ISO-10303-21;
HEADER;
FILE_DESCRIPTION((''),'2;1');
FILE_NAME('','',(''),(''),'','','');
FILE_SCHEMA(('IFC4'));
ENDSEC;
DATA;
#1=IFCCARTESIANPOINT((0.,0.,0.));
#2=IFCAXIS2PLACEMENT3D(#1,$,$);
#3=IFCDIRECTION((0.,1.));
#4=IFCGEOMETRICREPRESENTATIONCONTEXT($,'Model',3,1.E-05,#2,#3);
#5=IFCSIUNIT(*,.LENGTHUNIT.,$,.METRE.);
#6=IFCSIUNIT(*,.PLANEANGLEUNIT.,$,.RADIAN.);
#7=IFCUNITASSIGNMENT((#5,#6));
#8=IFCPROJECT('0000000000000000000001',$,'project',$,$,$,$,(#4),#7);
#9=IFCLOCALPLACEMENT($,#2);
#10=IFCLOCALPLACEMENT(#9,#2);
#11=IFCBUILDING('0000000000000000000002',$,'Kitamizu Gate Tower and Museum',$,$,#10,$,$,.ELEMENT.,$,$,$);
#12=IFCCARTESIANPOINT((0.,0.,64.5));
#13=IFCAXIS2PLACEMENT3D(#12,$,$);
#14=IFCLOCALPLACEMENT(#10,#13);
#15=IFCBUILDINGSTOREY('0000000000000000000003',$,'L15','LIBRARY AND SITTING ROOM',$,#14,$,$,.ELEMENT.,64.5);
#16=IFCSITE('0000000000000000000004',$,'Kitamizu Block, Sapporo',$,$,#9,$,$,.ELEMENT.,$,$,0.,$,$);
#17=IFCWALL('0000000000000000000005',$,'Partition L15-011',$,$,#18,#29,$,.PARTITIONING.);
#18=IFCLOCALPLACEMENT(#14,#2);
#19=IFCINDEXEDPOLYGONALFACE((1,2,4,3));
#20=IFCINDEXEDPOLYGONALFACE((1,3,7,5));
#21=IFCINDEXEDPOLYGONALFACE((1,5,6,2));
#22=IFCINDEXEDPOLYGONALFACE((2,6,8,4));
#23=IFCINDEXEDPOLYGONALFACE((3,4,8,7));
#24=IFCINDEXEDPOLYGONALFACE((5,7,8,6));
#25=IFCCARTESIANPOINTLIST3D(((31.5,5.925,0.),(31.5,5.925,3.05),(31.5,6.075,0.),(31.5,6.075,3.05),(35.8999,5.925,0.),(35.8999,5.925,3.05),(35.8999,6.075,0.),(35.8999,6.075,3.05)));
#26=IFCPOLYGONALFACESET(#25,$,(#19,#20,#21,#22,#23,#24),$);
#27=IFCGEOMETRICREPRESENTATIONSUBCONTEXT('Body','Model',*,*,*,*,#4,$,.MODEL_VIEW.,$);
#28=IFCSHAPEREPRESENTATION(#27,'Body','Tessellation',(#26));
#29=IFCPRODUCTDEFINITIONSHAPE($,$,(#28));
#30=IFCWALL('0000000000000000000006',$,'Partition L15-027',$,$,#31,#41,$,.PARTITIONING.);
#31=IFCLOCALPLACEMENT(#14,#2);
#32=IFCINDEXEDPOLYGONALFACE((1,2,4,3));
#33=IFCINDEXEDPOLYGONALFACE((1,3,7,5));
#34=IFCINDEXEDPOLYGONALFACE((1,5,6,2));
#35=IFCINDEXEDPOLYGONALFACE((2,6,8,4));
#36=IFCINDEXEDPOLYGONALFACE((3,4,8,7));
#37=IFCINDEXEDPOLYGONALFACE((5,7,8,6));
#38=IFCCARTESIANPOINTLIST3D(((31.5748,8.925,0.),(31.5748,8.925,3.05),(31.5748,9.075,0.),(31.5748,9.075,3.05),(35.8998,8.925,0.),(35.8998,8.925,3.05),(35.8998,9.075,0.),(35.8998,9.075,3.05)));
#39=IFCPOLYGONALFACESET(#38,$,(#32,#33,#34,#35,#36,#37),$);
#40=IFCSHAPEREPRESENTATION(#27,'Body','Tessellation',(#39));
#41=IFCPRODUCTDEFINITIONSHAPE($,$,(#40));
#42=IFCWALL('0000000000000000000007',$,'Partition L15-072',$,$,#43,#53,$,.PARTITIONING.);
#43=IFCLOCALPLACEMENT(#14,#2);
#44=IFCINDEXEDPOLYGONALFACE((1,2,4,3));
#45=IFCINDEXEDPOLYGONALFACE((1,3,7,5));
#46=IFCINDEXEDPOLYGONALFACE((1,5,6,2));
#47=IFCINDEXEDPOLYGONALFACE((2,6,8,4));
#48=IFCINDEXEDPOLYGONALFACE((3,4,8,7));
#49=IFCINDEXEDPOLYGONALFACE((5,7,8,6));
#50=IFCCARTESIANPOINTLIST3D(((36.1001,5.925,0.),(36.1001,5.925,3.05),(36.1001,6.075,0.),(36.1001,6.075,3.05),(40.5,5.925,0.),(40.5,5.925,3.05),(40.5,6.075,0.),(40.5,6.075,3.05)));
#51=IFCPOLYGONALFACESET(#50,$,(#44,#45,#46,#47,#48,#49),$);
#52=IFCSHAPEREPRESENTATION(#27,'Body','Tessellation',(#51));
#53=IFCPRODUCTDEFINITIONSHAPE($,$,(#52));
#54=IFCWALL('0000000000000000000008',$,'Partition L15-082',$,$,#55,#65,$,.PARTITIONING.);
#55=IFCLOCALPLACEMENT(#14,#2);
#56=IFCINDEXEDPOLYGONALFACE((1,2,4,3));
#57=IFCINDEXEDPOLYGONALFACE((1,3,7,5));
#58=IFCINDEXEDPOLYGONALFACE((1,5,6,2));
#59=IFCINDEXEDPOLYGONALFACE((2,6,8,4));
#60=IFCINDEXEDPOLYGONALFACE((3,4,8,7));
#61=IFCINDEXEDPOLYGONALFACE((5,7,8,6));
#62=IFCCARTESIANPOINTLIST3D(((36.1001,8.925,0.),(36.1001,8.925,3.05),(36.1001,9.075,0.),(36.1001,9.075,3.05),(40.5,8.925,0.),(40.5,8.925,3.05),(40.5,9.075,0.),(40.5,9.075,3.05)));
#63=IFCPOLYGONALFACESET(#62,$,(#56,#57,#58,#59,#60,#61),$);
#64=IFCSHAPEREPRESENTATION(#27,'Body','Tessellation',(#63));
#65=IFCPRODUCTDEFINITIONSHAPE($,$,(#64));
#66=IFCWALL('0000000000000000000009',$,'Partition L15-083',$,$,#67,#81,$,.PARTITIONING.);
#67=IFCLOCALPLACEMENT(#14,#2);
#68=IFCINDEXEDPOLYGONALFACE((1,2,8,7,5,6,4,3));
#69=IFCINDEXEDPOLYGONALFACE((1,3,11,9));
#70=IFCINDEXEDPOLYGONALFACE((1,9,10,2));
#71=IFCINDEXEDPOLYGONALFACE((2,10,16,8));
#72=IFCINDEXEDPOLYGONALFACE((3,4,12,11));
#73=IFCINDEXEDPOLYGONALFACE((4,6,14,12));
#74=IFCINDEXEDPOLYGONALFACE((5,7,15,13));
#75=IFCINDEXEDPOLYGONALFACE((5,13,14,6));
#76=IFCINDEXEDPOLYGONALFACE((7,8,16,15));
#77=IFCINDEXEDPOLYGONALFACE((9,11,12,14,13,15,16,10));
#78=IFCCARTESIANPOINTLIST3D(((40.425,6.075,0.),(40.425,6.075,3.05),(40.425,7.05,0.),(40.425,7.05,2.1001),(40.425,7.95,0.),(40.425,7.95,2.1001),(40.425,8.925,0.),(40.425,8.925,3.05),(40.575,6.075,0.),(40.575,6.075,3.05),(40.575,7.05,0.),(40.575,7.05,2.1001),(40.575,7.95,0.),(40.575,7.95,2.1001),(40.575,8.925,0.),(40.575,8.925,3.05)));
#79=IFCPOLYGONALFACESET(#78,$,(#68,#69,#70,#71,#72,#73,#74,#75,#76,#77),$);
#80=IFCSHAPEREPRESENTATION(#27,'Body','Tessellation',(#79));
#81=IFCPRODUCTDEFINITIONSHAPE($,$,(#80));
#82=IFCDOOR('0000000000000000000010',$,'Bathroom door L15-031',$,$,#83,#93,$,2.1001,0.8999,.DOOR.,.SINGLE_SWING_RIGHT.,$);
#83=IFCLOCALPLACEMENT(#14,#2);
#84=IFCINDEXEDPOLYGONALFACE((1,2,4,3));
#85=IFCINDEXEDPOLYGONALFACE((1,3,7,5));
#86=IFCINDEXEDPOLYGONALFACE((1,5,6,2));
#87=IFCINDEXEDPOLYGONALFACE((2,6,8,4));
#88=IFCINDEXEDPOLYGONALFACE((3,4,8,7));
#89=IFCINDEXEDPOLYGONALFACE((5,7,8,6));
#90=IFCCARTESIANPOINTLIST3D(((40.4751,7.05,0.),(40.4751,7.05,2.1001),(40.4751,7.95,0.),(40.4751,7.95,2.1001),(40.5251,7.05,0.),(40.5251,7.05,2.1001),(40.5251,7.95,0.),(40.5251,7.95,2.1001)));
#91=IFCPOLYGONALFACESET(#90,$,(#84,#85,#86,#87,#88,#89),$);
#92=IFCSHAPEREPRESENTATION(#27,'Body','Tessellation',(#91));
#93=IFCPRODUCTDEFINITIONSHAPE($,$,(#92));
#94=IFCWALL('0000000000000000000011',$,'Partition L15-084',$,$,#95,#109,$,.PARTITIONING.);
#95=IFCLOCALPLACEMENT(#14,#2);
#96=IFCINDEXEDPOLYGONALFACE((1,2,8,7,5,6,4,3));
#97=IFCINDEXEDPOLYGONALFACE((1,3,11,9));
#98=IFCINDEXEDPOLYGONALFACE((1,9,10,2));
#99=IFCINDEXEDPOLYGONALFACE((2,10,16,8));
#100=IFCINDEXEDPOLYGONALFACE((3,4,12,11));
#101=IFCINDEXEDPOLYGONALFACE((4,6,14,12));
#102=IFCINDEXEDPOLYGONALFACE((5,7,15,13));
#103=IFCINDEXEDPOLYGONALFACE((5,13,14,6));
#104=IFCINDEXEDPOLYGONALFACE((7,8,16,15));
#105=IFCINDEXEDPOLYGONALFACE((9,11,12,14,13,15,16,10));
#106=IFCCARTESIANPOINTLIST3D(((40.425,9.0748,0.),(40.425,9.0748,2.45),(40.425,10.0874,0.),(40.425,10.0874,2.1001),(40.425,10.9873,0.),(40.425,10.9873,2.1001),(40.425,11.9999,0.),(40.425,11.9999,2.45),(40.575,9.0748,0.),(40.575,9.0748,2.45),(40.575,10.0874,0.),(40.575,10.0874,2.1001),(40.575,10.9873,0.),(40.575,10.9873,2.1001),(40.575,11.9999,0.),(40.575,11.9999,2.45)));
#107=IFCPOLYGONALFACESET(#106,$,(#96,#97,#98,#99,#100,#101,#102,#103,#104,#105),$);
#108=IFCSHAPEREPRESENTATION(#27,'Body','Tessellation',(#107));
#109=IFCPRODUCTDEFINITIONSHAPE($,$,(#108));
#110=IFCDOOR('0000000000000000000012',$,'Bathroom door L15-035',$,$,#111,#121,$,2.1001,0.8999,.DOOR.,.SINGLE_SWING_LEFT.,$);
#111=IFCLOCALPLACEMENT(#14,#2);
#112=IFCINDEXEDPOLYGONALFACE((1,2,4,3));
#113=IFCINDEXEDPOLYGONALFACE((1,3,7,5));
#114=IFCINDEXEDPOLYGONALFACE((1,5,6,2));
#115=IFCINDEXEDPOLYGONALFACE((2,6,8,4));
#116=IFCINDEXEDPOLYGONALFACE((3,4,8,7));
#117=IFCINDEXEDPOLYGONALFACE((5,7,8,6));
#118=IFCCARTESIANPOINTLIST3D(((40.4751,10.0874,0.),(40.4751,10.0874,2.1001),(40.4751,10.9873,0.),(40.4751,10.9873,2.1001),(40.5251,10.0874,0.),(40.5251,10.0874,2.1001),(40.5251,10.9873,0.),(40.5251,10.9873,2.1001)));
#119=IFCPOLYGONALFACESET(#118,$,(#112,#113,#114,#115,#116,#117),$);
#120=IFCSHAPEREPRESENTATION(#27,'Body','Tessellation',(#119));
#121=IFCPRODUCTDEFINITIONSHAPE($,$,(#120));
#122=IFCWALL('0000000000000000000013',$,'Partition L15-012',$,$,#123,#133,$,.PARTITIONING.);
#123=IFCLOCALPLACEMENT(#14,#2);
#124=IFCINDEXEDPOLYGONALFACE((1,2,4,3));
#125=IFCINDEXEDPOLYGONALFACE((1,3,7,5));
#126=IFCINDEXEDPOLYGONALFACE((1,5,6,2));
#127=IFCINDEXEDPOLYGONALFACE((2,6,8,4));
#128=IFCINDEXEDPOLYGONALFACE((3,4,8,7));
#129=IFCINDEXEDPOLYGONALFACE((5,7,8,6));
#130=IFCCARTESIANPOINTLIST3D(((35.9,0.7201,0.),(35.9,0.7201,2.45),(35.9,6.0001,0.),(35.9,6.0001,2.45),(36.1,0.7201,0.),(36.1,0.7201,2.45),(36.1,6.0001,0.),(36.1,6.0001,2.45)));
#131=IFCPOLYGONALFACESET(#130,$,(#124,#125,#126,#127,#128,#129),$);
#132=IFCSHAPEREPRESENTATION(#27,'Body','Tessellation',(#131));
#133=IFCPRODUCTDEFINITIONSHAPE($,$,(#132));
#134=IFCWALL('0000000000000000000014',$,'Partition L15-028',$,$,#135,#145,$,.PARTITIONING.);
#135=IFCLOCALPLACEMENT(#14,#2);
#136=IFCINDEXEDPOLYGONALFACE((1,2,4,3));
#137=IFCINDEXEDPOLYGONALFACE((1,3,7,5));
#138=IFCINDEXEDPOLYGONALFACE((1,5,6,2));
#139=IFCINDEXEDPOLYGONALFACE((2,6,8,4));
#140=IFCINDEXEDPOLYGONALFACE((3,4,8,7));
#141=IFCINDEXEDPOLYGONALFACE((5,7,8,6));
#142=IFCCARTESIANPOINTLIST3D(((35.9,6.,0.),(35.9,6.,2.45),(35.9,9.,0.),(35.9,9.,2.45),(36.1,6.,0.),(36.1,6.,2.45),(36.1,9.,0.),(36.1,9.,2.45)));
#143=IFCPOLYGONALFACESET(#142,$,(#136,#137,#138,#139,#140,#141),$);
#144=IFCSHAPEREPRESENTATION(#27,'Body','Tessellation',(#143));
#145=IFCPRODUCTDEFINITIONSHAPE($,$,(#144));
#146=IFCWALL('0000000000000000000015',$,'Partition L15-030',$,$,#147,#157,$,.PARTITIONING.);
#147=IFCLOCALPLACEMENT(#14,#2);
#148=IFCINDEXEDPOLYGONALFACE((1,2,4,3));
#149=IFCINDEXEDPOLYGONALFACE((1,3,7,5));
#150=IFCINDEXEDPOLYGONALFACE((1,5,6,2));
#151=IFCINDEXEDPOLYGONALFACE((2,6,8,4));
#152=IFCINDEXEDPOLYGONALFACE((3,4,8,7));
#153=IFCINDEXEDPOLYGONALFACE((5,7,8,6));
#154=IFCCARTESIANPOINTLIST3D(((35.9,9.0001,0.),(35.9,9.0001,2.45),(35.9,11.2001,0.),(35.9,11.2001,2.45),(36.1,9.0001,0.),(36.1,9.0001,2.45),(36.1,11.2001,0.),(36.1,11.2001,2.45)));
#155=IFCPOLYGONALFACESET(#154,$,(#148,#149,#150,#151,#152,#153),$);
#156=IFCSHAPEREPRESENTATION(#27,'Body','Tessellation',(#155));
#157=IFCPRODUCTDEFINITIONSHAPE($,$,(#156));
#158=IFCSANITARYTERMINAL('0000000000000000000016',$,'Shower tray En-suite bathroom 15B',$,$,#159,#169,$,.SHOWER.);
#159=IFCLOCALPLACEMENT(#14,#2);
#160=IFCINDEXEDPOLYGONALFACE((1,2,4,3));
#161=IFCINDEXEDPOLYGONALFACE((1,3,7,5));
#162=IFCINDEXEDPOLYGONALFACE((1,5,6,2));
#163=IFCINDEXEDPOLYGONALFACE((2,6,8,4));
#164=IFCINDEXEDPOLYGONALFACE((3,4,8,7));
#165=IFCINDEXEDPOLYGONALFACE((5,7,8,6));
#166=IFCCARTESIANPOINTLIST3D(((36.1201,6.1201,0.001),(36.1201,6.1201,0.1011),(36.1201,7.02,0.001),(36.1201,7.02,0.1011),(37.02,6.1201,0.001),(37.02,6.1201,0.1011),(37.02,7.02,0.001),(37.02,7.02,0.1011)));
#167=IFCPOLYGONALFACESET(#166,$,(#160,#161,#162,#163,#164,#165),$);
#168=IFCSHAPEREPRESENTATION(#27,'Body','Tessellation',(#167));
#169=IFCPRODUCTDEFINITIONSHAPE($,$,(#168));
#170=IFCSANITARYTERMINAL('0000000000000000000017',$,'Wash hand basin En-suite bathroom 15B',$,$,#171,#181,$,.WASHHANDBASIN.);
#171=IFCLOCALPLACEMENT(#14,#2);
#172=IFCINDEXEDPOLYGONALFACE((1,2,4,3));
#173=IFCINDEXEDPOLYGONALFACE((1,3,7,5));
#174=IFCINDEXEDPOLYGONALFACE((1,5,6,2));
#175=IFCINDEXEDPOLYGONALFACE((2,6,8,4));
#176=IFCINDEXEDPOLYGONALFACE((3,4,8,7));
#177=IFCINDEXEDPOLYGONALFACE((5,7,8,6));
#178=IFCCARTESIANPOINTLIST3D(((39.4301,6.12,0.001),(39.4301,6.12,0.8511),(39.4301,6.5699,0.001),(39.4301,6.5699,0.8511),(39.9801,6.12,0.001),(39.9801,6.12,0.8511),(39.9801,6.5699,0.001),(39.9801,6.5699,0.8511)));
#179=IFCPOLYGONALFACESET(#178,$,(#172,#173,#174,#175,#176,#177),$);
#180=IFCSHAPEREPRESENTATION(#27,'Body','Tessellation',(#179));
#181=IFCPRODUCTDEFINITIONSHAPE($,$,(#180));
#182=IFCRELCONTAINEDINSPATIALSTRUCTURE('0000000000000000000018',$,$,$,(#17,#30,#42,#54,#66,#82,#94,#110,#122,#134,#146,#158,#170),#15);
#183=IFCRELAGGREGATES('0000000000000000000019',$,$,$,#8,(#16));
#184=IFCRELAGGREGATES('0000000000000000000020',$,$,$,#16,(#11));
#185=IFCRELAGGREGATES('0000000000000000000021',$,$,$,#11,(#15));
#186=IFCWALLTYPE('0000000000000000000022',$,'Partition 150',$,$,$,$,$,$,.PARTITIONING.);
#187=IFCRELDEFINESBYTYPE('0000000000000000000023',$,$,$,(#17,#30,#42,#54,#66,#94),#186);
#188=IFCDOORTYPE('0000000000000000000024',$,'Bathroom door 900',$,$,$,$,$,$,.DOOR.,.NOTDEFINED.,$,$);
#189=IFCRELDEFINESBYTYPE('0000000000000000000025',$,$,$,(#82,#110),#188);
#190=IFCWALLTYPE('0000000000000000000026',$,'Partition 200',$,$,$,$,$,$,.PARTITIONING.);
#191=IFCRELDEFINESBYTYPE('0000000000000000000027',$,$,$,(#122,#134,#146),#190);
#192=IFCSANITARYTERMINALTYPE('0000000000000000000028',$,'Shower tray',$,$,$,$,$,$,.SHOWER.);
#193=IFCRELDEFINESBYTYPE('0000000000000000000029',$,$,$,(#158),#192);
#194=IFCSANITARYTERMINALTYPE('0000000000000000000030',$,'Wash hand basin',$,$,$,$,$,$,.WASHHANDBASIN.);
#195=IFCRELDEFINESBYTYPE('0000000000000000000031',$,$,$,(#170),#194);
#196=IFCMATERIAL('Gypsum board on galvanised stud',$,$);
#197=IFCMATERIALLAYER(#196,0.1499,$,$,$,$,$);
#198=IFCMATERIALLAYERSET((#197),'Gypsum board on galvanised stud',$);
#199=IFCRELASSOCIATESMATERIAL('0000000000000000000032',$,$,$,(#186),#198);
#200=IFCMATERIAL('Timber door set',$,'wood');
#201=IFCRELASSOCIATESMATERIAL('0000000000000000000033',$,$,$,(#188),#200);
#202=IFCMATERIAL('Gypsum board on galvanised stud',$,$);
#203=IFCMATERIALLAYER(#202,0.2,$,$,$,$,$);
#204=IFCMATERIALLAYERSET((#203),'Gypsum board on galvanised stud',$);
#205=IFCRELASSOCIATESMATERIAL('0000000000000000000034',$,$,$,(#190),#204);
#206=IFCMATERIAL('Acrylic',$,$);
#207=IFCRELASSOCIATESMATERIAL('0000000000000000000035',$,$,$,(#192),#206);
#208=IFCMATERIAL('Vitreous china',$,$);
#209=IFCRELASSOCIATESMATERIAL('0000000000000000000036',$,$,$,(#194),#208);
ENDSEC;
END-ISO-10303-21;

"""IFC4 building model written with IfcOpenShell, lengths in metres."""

from ifc_helpers import new_model, si_unit, direction, frame, frame_2d, origin, origin_2d, place, context, subcontext, project, spatial, rectangle, extrude, material, layer, layer_set, type_object, element, fill, save


model = new_model("IFC4")

# Units and contexts
model_context = context("Model", 3, precision=1e-05, world=origin(), true_north=direction((0.0, 1.0)))
body_context = subcontext(model_context, "Body", "Model", "MODEL_VIEW")
ifc_project = project(units=[si_unit("LENGTHUNIT", "METRE"), si_unit("PLANEANGLEUNIT", "RADIAN")], contexts=[model_context])

# Site, building, storey
site_placement = place(None, origin())
site = spatial("IfcSite", under=ifc_project, at=site_placement, Name="Kitamizu Block, Sapporo", CompositionType="ELEMENT", RefElevation=0.0)
building_placement = place(site_placement, origin())
building = spatial("IfcBuilding", under=site, at=building_placement, Name="Kitamizu Gate Tower and Museum", CompositionType="ELEMENT")
storey_placement = place(building_placement, frame((0.0, 0.0, 64.5)))
storey = spatial("IfcBuildingStorey", under=building, at=storey_placement, Name="L15", Description="LIBRARY AND SITTING ROOM", CompositionType="ELEMENT", Elevation=64.5)

# Walls
ifc_material_1 = material(Name="Gypsum board on galvanised stud")
ifc_layer_1 = layer(ifc_material_1, 0.1499)
ifc_layer_set_1 = layer_set([ifc_layer_1], Name="Gypsum board on galvanised stud")
wall_type_1 = type_object("IfcWallType", Name="Partition 150", PredefinedType="PARTITIONING", material=ifc_layer_set_1)
wall_1_placement = place(storey_placement, frame((35.8999, 6.0, 0.0), z_axis=(0.0, 0.0, 1.0), x_axis=(-1.0, 0.0, 0.0)))
element("IfcWall", 1, at=wall_1_placement, inside=storey, type_object=wall_type_1, Name="Partition L15-011", PredefinedType="PARTITIONING", context=body_context, shape_type="SweptSolid", body=[
    extrude(rectangle(XDim=4.3999, YDim=0.1499, at=frame_2d((2.2, 0.0))), origin(), (0.0, 0.0, 1.0), 3.05),
])
wall_2_placement = place(storey_placement, frame((35.8999, 9.0, 0.0), z_axis=(0.0, 0.0, 1.0), x_axis=(-1.0, 0.0, 0.0)))
element("IfcWall", 2, at=wall_2_placement, inside=storey, type_object=wall_type_1, Name="Partition L15-027", PredefinedType="PARTITIONING", context=body_context, shape_type="SweptSolid", body=[
    extrude(rectangle(XDim=4.325, YDim=0.1499, at=frame_2d((2.1626, 0.0))), origin(), (0.0, 0.0, 1.0), 3.05),
])
for number, where, z_axis, x_axis, name in (
    (3, (40.5, 6.0, 0.0), (0.0, 0.0, 1.0), (-1.0, 0.0, 0.0), "Partition L15-072"),
    (4, (40.5, 9.0, 0.0), (0.0, 0.0, 1.0), (-1.0, 0.0, 0.0), "Partition L15-082"),
):
    element("IfcWall", number, at=place(storey_placement, frame(where, z_axis=z_axis, x_axis=x_axis)), inside=storey, type_object=wall_type_1, Name=name, PredefinedType="PARTITIONING", context=body_context, shape_type="SweptSolid", body=[
        extrude(rectangle(XDim=4.3999, YDim=0.1499, at=frame_2d((2.2, 0.0))), origin(), (0.0, 0.0, 1.0), 3.05),
    ])

# Walls, openings, doors
wall_3_placement = place(storey_placement, frame((40.5, 6.075, 0.0), z_axis=(0.0, 0.0, 1.0), x_axis=(0.0, 1.0, 0.0)))
wall_3 = element("IfcWall", 5, at=wall_3_placement, inside=storey, type_object=wall_type_1, Name="Partition L15-083", PredefinedType="PARTITIONING", context=body_context, shape_type="SweptSolid", body=[
    extrude(rectangle(XDim=2.8501, YDim=0.1499, at=frame_2d((1.425, 0.0))), origin(), (0.0, 0.0, 1.0), 3.05),
])
opening_1_placement = place(wall_3_placement, frame((0.9751, 0.0, 0.0)))
opening_1 = element("IfcOpeningElement", 6, at=opening_1_placement, cuts=wall_3, PredefinedType="OPENING", context=body_context, shape_type="SweptSolid", body=[
    extrude(rectangle(XDim=0.8999, YDim=2.1001, at=frame_2d((0.45, 1.05))), frame((0.0, 0.085, 0.0), z_axis=(0.0, -1.0, 0.0), x_axis=(1.0, 0.0, 0.0)), (0.0, 0.0, 1.0), 0.1699),
])
ifc_material_2 = material(Name="Timber door set", Category="wood")
door_type_1 = type_object("IfcDoorType", Name="Bathroom door 900", OperationType="NOTDEFINED", PredefinedType="DOOR", material=ifc_material_2)
door_1_placement = place(opening_1_placement, origin())
door_1 = element("IfcDoor", 7, at=door_1_placement, inside=storey, type_object=door_type_1, Name="Bathroom door L15-031", OperationType="SINGLE_SWING_RIGHT", OverallHeight=2.1001, OverallWidth=0.8999, PredefinedType="DOOR", context=body_context, shape_type="SweptSolid", body=[
    extrude(rectangle(XDim=0.8999, YDim=2.1001, at=frame_2d((0.45, 1.05))), frame((0.0, 0.0249, 0.0), z_axis=(0.0, -1.0, 0.0), x_axis=(1.0, 0.0, 0.0)), (0.0, 0.0, 1.0), 0.05),
])
fill(opening_1, door_1)
wall_4_placement = place(storey_placement, frame((40.5, 9.075, 0.0), z_axis=(0.0, 0.0, 1.0), x_axis=(0.0, 1.0, 0.0)))
wall_4 = element("IfcWall", 8, at=wall_4_placement, inside=storey, type_object=wall_type_1, Name="Partition L15-084", PredefinedType="PARTITIONING", context=body_context, shape_type="SweptSolid", body=[
    extrude(rectangle(XDim=2.925, YDim=0.1499, at=frame_2d((1.4624, 0.0))), origin(), (0.0, 0.0, 1.0), 2.45),
])
opening_2_placement = place(wall_4_placement, frame((1.0125, 0.0, 0.0)))
opening_2 = element("IfcOpeningElement", 9, at=opening_2_placement, cuts=wall_4, PredefinedType="OPENING", context=body_context, shape_type="SweptSolid", body=[
    extrude(rectangle(XDim=0.8999, YDim=2.1001, at=frame_2d((0.45, 1.05))), frame((0.0, 0.085, 0.0), z_axis=(0.0, -1.0, 0.0), x_axis=(1.0, 0.0, 0.0)), (0.0, 0.0, 1.0), 0.1699),
])
door_2_placement = place(opening_2_placement, origin())
door_2 = element("IfcDoor", 10, at=door_2_placement, inside=storey, type_object=door_type_1, Name="Bathroom door L15-035", OperationType="SINGLE_SWING_LEFT", OverallHeight=2.1001, OverallWidth=0.8999, PredefinedType="DOOR", context=body_context, shape_type="SweptSolid", body=[
    extrude(rectangle(XDim=0.8999, YDim=2.1001, at=frame_2d((0.45, 1.05))), frame((0.0, 0.0249, 0.0), z_axis=(0.0, -1.0, 0.0), x_axis=(1.0, 0.0, 0.0)), (0.0, 0.0, 1.0), 0.05),
])
fill(opening_2, door_2)

# Walls
ifc_material_3 = material(Name="Gypsum board on galvanised stud")
ifc_layer_2 = layer(ifc_material_3, 0.2)
ifc_layer_set_2 = layer_set([ifc_layer_2], Name="Gypsum board on galvanised stud")
wall_type_2 = type_object("IfcWallType", Name="Partition 200", PredefinedType="PARTITIONING", material=ifc_layer_set_2)
wall_5_placement = place(storey_placement, frame((36.0, 0.72, 0.0), z_axis=(0.0, 0.0, 1.0), x_axis=(0.0, 1.0, 0.0)))
element("IfcWall", 11, at=wall_5_placement, inside=storey, type_object=wall_type_2, Name="Partition L15-012", PredefinedType="PARTITIONING", context=body_context, shape_type="SweptSolid", body=[
    extrude(rectangle(XDim=5.28, YDim=0.2, at=frame_2d((2.6401, 0.0))), origin(), (0.0, 0.0, 1.0), 2.45),
])
wall_6_placement = place(storey_placement, frame((36.0, 6.0, 0.0), z_axis=(0.0, 0.0, 1.0), x_axis=(0.0, 1.0, 0.0)))
element("IfcWall", 12, at=wall_6_placement, inside=storey, type_object=wall_type_2, Name="Partition L15-028", PredefinedType="PARTITIONING", context=body_context, shape_type="SweptSolid", body=[
    extrude(rectangle(XDim=3.0, YDim=0.2, at=frame_2d((1.5, 0.0))), origin(), (0.0, 0.0, 1.0), 2.45),
])
wall_7_placement = place(storey_placement, frame((36.0, 9.0, 0.0), z_axis=(0.0, 0.0, 1.0), x_axis=(0.0, 1.0, 0.0)))
element("IfcWall", 13, at=wall_7_placement, inside=storey, type_object=wall_type_2, Name="Partition L15-030", PredefinedType="PARTITIONING", context=body_context, shape_type="SweptSolid", body=[
    extrude(rectangle(XDim=2.2, YDim=0.2, at=frame_2d((1.1001, 0.0))), origin(), (0.0, 0.0, 1.0), 2.45),
])

# Sanitary terminals
ifc_material_4 = material(Name="Acrylic")
sanitary_terminal_type_1 = type_object("IfcSanitaryTerminalType", Name="Shower tray", PredefinedType="SHOWER", material=ifc_material_4)
sanitary_terminal_1_placement = place(storey_placement, frame((36.5701, 6.5701, 0.001), z_axis=(0.0, 0.0, 1.0), x_axis=(1.0, 0.0, 0.0)))
element("IfcSanitaryTerminal", 14, at=sanitary_terminal_1_placement, inside=storey, type_object=sanitary_terminal_type_1, Name="Shower tray En-suite bathroom 15B", PredefinedType="SHOWER", context=body_context, shape_type="SweptSolid", body=[
    extrude(rectangle(XDim=0.8999, YDim=0.8999, at=origin_2d()), origin(), (0.0, 0.0, 1.0), 0.1001),
])
ifc_material_5 = material(Name="Vitreous china")
sanitary_terminal_type_2 = type_object("IfcSanitaryTerminalType", Name="Wash hand basin", PredefinedType="WASHHANDBASIN", material=ifc_material_5)
sanitary_terminal_2_placement = place(storey_placement, frame((39.7051, 6.345, 0.001), z_axis=(0.0, 0.0, 1.0), x_axis=(1.0, 0.0, 0.0)))
element("IfcSanitaryTerminal", 15, at=sanitary_terminal_2_placement, inside=storey, type_object=sanitary_terminal_type_2, Name="Wash hand basin En-suite bathroom 15B", PredefinedType="WASHHANDBASIN", context=body_context, shape_type="SweptSolid", body=[
    extrude(rectangle(XDim=0.55, YDim=0.45, at=origin_2d()), origin(), (0.0, 0.0, 1.0), 0.8501),
])

save(model, "model.ifc")
